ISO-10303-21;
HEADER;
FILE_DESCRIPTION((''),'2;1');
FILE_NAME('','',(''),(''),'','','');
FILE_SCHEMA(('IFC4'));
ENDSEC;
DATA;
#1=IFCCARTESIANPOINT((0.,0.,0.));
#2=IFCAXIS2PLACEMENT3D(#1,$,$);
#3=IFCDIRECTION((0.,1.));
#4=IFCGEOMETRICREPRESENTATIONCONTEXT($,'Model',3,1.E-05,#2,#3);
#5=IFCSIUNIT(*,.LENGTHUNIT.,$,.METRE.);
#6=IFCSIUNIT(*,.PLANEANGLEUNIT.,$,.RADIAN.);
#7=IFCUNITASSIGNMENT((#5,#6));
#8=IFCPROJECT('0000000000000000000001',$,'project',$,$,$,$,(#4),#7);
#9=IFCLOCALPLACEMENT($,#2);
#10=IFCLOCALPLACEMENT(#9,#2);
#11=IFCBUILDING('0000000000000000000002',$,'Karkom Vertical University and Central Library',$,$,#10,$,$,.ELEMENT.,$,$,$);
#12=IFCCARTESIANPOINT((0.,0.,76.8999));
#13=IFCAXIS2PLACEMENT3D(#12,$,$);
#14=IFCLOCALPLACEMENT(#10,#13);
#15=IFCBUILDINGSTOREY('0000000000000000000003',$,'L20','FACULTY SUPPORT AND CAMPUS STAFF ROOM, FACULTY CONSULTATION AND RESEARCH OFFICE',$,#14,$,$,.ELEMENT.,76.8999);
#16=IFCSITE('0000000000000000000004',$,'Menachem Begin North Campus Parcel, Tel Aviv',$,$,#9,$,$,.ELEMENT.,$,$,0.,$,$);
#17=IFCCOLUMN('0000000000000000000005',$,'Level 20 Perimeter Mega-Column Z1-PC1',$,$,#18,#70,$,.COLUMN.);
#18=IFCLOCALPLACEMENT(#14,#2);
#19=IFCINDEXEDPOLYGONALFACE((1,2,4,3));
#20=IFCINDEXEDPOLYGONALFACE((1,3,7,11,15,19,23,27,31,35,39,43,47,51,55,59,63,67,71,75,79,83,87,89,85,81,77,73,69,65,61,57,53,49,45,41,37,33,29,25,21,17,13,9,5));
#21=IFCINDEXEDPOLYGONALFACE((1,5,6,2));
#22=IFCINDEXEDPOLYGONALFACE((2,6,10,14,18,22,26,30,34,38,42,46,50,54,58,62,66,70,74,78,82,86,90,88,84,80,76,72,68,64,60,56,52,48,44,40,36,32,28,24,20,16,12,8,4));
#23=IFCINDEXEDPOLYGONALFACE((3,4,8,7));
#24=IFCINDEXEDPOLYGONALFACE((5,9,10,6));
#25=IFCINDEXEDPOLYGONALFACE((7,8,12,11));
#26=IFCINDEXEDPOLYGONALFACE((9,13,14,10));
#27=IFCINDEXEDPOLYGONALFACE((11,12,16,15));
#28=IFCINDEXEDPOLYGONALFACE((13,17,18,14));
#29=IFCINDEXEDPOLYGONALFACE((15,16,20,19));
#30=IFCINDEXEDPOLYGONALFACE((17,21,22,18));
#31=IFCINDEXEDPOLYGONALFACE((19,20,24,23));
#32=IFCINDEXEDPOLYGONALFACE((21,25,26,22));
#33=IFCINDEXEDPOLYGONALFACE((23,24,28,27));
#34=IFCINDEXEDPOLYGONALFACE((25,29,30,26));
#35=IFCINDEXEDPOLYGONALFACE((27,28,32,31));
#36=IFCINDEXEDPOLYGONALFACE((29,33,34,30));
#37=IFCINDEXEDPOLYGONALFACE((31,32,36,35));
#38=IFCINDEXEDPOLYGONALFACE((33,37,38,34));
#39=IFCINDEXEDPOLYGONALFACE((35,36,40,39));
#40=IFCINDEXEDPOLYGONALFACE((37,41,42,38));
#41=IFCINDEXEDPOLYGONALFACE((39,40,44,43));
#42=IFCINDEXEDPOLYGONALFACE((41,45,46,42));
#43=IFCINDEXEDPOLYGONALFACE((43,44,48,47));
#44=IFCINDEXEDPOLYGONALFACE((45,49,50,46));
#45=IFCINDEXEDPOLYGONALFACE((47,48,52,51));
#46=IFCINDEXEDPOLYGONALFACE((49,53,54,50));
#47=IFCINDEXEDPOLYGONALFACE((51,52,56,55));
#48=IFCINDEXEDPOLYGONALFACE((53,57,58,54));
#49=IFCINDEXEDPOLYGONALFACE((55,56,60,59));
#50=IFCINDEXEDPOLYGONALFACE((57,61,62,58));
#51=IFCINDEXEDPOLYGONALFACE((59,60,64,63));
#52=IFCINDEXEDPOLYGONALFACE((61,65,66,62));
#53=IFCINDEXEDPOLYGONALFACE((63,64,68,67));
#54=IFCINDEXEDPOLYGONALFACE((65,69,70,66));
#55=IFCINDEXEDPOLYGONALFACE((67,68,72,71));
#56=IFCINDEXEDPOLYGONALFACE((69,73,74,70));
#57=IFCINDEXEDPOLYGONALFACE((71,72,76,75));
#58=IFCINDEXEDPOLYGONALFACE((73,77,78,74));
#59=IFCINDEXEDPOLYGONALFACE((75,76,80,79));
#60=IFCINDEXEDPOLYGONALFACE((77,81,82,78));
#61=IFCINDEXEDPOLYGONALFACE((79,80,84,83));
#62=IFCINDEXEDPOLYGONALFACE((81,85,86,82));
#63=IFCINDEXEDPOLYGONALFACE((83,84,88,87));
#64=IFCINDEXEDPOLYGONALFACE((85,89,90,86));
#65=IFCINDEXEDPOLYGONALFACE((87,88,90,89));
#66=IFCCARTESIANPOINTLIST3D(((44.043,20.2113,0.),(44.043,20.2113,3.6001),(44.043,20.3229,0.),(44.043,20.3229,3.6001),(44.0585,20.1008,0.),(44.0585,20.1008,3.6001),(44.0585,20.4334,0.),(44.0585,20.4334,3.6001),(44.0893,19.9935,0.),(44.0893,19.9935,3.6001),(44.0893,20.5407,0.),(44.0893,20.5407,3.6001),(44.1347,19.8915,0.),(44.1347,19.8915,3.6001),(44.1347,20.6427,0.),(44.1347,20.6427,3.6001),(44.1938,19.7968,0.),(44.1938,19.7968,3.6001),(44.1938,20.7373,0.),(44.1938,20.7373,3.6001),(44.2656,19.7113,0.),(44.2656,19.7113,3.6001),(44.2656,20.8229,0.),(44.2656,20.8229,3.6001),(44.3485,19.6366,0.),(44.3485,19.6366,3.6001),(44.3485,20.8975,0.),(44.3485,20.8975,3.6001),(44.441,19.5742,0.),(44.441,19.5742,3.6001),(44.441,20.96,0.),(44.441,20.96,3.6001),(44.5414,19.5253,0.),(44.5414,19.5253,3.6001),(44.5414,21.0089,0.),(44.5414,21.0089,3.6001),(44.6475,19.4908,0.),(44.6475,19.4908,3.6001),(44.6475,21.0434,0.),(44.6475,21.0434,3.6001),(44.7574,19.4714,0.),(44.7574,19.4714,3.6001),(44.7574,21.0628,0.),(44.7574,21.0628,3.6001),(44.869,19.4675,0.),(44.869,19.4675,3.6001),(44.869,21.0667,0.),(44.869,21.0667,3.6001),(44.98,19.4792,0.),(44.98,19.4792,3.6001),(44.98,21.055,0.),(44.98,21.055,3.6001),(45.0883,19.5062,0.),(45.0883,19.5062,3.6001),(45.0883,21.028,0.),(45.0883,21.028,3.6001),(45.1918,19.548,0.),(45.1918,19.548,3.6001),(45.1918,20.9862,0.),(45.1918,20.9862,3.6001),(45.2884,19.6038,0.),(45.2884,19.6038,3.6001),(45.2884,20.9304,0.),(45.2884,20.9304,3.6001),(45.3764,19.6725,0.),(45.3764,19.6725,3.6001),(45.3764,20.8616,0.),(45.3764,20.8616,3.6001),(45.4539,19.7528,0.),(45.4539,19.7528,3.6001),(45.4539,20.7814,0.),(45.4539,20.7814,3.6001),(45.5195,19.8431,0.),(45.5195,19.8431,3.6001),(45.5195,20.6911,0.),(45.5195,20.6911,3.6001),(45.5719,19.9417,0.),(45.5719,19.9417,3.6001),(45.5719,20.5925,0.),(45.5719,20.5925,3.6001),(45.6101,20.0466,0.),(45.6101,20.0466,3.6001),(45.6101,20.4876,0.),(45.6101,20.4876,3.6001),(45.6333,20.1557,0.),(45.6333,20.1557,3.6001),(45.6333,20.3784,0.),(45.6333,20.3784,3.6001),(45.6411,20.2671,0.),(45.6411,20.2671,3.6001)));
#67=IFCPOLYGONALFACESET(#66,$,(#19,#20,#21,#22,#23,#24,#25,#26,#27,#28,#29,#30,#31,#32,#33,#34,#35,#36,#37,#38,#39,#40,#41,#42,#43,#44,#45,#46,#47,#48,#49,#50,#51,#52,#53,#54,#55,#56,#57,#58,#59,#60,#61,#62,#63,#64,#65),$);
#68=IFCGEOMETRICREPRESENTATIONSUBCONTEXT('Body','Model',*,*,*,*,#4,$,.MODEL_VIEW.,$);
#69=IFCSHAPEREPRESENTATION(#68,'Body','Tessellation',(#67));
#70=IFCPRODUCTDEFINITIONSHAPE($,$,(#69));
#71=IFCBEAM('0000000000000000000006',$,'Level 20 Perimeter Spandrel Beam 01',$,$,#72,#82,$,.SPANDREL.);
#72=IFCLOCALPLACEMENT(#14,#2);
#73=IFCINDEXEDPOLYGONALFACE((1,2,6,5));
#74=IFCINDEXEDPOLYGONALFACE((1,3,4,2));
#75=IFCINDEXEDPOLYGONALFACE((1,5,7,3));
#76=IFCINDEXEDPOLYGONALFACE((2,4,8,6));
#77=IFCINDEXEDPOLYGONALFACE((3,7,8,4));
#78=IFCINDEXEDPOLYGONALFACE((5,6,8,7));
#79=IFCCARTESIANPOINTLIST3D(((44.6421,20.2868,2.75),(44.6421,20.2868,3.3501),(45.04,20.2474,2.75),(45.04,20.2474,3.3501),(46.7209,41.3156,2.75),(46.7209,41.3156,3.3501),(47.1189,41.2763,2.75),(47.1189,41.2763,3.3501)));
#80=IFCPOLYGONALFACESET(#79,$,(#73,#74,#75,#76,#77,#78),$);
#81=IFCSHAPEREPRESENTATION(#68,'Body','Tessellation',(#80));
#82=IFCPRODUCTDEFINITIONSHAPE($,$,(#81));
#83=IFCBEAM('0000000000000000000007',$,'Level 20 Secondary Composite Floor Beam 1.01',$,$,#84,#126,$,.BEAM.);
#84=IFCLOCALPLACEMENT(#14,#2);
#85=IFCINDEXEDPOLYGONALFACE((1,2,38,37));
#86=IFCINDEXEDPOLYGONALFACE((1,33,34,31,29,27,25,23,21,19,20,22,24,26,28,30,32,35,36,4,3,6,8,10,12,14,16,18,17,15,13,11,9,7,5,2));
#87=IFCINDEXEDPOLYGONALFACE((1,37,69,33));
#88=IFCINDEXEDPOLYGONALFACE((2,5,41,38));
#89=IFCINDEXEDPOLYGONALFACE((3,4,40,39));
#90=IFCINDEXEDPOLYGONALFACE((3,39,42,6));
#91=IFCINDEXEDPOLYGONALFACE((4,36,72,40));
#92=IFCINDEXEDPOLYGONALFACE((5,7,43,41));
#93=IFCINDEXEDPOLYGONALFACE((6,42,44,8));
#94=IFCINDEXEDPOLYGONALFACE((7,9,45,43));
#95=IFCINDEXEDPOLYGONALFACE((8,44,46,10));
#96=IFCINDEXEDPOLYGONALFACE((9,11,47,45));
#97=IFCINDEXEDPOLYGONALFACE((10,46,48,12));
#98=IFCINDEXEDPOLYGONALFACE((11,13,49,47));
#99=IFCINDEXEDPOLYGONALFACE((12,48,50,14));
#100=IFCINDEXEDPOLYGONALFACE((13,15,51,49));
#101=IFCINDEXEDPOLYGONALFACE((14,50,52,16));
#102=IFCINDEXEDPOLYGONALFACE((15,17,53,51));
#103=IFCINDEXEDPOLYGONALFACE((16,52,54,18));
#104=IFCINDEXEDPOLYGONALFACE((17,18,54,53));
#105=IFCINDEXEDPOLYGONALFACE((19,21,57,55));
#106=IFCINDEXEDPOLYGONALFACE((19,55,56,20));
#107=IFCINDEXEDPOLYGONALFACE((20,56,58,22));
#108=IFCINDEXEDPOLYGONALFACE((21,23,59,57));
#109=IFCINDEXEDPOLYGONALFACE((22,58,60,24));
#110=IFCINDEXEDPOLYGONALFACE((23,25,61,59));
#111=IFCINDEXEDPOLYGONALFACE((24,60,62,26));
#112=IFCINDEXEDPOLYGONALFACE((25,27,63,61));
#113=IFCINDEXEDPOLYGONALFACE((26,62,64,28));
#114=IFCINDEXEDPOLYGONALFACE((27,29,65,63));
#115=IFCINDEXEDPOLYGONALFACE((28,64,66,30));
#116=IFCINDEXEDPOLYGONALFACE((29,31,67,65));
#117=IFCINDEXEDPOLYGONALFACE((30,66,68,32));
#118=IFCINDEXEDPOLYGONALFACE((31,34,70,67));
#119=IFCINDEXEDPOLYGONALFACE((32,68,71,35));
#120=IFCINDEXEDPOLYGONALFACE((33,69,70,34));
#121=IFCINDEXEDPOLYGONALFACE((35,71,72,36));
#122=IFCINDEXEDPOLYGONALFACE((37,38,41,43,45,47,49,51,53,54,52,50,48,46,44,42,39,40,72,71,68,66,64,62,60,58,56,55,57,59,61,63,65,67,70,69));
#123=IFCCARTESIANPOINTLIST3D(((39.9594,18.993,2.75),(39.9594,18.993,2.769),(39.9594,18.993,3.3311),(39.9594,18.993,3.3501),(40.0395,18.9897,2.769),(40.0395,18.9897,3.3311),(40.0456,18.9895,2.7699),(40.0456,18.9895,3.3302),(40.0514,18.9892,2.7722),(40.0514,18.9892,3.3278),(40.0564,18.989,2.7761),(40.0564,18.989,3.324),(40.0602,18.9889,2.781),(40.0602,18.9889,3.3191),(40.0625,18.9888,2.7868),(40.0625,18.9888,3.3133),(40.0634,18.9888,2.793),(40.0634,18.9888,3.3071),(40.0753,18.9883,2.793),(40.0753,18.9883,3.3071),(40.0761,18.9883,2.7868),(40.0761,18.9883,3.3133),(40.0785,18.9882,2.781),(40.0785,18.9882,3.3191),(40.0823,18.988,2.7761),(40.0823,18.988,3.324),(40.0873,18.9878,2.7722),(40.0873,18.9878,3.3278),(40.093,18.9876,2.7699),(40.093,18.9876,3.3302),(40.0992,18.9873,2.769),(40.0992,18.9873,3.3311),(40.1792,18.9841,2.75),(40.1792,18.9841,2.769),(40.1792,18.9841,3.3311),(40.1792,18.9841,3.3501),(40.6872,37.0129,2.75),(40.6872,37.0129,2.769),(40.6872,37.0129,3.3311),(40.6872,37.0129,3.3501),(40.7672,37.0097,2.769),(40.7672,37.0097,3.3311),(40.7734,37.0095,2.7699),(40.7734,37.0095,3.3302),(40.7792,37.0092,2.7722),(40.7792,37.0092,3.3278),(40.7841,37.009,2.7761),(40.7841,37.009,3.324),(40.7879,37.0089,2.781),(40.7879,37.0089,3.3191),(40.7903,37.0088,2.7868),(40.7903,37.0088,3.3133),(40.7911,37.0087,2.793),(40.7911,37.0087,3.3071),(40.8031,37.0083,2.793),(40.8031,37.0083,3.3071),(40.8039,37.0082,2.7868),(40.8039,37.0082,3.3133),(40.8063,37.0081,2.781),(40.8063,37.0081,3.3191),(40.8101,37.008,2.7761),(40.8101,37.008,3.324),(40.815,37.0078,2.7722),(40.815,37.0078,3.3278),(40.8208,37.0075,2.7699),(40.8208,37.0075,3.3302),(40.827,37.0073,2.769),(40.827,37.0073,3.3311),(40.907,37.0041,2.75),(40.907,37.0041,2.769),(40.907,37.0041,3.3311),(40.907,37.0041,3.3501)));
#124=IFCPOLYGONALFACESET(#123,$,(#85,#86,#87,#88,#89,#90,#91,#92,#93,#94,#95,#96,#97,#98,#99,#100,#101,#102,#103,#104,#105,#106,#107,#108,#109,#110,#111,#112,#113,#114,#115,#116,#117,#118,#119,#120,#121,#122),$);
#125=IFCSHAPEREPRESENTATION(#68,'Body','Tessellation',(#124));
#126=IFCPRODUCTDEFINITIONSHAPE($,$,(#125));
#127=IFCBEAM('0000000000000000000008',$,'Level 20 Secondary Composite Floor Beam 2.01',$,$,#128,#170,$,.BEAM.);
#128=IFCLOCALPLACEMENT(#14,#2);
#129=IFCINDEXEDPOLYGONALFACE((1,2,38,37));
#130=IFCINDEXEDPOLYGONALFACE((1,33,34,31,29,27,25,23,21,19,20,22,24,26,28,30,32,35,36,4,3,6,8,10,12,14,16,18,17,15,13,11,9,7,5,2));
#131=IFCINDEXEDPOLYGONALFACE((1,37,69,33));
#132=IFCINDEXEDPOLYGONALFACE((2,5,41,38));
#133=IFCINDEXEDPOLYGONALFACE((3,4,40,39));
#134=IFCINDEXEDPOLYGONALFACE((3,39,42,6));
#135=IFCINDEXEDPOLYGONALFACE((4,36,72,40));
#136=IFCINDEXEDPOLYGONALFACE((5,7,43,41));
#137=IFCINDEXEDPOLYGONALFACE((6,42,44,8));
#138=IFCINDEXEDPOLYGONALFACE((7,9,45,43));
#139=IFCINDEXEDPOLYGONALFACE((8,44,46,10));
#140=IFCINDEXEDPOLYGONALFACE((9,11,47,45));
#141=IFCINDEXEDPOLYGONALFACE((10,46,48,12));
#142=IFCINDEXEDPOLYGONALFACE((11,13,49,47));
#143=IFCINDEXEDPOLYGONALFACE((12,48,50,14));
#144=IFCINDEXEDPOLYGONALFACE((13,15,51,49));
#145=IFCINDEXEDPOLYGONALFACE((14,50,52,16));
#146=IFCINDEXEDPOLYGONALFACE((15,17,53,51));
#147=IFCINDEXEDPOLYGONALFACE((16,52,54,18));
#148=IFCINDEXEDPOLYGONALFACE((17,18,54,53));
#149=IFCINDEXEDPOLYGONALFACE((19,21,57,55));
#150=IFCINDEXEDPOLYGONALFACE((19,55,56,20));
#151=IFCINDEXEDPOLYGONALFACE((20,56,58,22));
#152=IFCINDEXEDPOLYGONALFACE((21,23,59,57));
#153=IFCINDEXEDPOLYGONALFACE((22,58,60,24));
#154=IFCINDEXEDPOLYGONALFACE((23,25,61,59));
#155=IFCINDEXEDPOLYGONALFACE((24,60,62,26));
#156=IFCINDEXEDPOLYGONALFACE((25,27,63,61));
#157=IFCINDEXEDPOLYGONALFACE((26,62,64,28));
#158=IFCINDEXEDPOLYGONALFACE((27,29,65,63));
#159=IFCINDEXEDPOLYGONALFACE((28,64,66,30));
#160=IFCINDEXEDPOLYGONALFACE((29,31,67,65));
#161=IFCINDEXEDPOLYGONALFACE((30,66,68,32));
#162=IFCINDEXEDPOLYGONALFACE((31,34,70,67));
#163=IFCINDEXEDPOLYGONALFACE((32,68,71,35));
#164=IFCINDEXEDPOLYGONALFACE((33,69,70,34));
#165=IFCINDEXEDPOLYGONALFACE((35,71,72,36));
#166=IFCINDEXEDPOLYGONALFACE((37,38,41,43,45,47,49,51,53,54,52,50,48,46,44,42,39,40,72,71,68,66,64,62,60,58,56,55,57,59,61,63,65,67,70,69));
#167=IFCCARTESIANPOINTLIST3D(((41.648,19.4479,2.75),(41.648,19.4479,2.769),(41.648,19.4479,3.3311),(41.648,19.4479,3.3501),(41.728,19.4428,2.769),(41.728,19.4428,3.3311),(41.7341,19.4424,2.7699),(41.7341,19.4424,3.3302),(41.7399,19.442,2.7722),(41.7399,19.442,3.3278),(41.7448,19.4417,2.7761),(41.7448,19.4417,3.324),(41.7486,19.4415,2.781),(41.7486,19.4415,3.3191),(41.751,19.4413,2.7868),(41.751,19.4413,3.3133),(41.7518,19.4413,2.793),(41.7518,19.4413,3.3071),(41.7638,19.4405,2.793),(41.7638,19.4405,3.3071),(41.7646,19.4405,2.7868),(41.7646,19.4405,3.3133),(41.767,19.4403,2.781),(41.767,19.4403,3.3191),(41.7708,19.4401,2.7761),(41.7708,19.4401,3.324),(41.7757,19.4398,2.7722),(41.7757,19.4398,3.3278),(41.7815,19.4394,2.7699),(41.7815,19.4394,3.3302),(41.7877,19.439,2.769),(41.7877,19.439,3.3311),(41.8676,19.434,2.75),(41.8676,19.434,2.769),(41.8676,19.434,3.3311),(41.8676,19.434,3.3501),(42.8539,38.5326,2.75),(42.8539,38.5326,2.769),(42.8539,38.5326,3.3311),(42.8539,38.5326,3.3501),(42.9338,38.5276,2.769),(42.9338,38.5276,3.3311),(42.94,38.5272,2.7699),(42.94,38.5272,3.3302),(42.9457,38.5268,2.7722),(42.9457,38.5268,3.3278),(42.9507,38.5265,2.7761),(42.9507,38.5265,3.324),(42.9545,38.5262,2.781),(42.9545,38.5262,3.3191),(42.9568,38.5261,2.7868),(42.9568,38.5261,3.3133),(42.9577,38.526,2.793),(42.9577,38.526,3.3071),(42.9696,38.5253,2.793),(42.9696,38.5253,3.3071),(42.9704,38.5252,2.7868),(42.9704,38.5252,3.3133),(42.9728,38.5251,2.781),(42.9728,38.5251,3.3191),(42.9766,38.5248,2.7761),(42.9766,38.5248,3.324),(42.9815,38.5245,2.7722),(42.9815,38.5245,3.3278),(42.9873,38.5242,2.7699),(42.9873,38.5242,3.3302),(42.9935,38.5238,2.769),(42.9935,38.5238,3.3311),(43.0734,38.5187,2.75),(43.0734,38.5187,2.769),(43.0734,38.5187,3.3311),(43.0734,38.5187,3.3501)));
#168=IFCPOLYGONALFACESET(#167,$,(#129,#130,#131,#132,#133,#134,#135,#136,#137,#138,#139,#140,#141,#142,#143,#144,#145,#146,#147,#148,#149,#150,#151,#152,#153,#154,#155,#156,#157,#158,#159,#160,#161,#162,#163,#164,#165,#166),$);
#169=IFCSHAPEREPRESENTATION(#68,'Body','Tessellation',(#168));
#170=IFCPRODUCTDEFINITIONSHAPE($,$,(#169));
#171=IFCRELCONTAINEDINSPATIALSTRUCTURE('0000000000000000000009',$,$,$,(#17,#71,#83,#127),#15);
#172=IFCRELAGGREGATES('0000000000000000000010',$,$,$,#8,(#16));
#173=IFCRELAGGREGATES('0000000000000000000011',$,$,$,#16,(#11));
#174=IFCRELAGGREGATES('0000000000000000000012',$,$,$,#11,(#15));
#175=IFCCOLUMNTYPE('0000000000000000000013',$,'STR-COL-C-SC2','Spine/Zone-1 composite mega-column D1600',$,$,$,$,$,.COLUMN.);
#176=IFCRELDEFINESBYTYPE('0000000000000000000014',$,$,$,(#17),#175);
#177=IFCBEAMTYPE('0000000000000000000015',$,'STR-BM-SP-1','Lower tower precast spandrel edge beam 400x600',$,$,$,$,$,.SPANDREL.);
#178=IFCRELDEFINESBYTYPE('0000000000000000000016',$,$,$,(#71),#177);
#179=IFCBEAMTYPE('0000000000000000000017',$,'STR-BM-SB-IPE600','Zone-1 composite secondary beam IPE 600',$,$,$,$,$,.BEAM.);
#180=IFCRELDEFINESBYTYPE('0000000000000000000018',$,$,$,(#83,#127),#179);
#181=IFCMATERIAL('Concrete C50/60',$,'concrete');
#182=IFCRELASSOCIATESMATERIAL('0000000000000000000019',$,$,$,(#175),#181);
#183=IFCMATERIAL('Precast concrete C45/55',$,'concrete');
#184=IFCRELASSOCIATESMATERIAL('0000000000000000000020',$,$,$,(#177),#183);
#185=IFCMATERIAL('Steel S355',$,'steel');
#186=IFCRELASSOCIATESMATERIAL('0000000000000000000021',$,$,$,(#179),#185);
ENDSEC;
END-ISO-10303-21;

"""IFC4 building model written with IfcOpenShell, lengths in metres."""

from ifc_helpers import new_model, si_unit, direction, frame, origin, origin_with_axes, origin_2d, place, context, subcontext, project, spatial, rectangle, circle, i_section, extrude, source, transform, mapped, material, material_profile, profile_set, type_object, element, save


model = new_model("IFC4")

# Units and contexts
model_context = context("Model", 3, precision=1e-05, world=origin(), true_north=direction((0.0, 1.0)))
body_context = subcontext(model_context, "Body", "Model", "MODEL_VIEW")
ifc_project = project(units=[si_unit("LENGTHUNIT", "METRE"), si_unit("PLANEANGLEUNIT", "RADIAN")], contexts=[model_context])

# Site, building, storey
site_placement = place(None, origin())
site = spatial("IfcSite", under=ifc_project, at=site_placement, Name="Menachem Begin North Campus Parcel, Tel Aviv", CompositionType="ELEMENT", RefElevation=0.0)
building_placement = place(site_placement, origin())
building = spatial("IfcBuilding", under=site, at=building_placement, Name="Karkom Vertical University and Central Library", CompositionType="ELEMENT")
storey_placement = place(building_placement, frame((0.0, 0.0, 76.8999)))
storey = spatial("IfcBuildingStorey", under=building, at=storey_placement, Name="L20", Description="FACULTY SUPPORT AND CAMPUS STAFF ROOM, FACULTY CONSULTATION AND RESEARCH OFFICE", CompositionType="ELEMENT", Elevation=76.8999)

# Column
ifc_material_1 = material(Name="Concrete C50/60", Category="concrete")
ifc_material_profile_1 = material_profile(ifc_material_1, circle(Radius=0.8, at=origin_2d()), Name="CFT-D1600")
ifc_profile_set_1 = profile_set([ifc_material_profile_1], Name="Concrete C50/60")
column_type = type_object("IfcColumnType", Name="STR-COL-C-SC2", Description="Spine/Zone-1 composite mega-column D1600", PredefinedType="COLUMN", material=ifc_profile_set_1)
shared_shape_1 = source(origin_with_axes(), body_context, "Body", "SweptSolid", [
    extrude(circle(Radius=0.8, at=origin_2d()), origin(), (0.0, 0.0, 1.0), 3.6001),
])
column_placement = place(storey_placement, frame((44.8411, 20.2671, 0.0), z_axis=(0.0, 0.0, 1.0), x_axis=(1.0, 0.0, 0.0)))
element("IfcColumn", 1, at=column_placement, inside=storey, type_object=column_type, Name="Level 20 Perimeter Mega-Column Z1-PC1", PredefinedType="COLUMN", context=body_context, shape_type="MappedRepresentation", body=[
    mapped(shared_shape_1, transform((0.0, 0.0, 0.0), scale=1.0)),
])

# Beams
ifc_material_2 = material(Name="Precast concrete C45/55", Category="concrete")
ifc_material_profile_2 = material_profile(ifc_material_2, rectangle(XDim=0.3999, YDim=0.6001, at=origin_2d()), Name="SPB-400x600")
ifc_profile_set_2 = profile_set([ifc_material_profile_2], Name="Precast concrete C45/55")
beam_type_1 = type_object("IfcBeamType", Name="STR-BM-SP-1", Description="Lower tower precast spandrel edge beam 400x600", PredefinedType="SPANDREL", material=ifc_profile_set_2)
shared_shape_2 = source(origin_with_axes(), body_context, "Body", "SweptSolid", [
    extrude(rectangle(XDim=0.3999, YDim=0.6001, at=origin_2d()), origin(), (0.0, 0.0, 1.0), 21.1313),
])
beam_1_placement = place(storey_placement, frame((44.8411, 20.2671, 3.05), z_axis=(0.098378, 0.995149, 0.0), x_axis=(-0.995149, 0.098378, 0.0)))
element("IfcBeam", 2, at=beam_1_placement, inside=storey, type_object=beam_type_1, Name="Level 20 Perimeter Spandrel Beam 01", PredefinedType="SPANDREL", context=body_context, shape_type="MappedRepresentation", body=[
    mapped(shared_shape_2, transform((0.0, 0.0, 0.0), scale=1.0)),
])
ifc_material_3 = material(Name="Steel S355", Category="steel")
ifc_material_profile_3 = material_profile(ifc_material_3, i_section(OverallWidth=0.22, OverallDepth=0.6001, WebThickness=0.012, FlangeThickness=0.019, FilletRadius=0.0239, at=origin_2d()), Name="IPE 600")
ifc_profile_set_3 = profile_set([ifc_material_profile_3], Name="Steel S355")
beam_type_2 = type_object("IfcBeamType", Name="STR-BM-SB-IPE600", Description="Zone-1 composite secondary beam IPE 600", PredefinedType="BEAM", material=ifc_profile_set_3)
shared_shape_3 = source(origin_with_axes(), body_context, "Body", "SweptSolid", [
    extrude(i_section(OverallWidth=0.22, OverallDepth=0.6001, WebThickness=0.012, FlangeThickness=0.019, FilletRadius=0.0239, at=origin_2d()), origin(), (0.0, 0.0, 1.0), 18.0347),
])
beam_2_placement = place(storey_placement, frame((40.0693, 18.9885, 3.05), z_axis=(0.040355, 0.999185, 0.0), x_axis=(-0.999185, 0.040355, 0.0)))
element("IfcBeam", 3, at=beam_2_placement, inside=storey, type_object=beam_type_2, Name="Level 20 Secondary Composite Floor Beam 1.01", PredefinedType="BEAM", context=body_context, shape_type="MappedRepresentation", body=[
    mapped(shared_shape_3, transform((0.0, 0.0, 0.0), scale=1.0)),
])
shared_shape_4 = source(origin_with_axes(), body_context, "Body", "SweptSolid", [
    extrude(i_section(OverallWidth=0.22, OverallDepth=0.6001, WebThickness=0.012, FlangeThickness=0.019, FilletRadius=0.0239, at=origin_2d()), origin(), (0.0, 0.0, 1.0), 19.1228),
])
beam_3_placement = place(storey_placement, frame((41.7578, 19.4409, 3.05), z_axis=(0.063056, 0.99801, 0.0), x_axis=(-0.99801, 0.063056, 0.0)))
element("IfcBeam", 4, at=beam_3_placement, inside=storey, type_object=beam_type_2, Name="Level 20 Secondary Composite Floor Beam 2.01", PredefinedType="BEAM", context=body_context, shape_type="MappedRepresentation", body=[
    mapped(shared_shape_4, transform((0.0, 0.0, 0.0), scale=1.0)),
])

save(model, "model.ifc")
